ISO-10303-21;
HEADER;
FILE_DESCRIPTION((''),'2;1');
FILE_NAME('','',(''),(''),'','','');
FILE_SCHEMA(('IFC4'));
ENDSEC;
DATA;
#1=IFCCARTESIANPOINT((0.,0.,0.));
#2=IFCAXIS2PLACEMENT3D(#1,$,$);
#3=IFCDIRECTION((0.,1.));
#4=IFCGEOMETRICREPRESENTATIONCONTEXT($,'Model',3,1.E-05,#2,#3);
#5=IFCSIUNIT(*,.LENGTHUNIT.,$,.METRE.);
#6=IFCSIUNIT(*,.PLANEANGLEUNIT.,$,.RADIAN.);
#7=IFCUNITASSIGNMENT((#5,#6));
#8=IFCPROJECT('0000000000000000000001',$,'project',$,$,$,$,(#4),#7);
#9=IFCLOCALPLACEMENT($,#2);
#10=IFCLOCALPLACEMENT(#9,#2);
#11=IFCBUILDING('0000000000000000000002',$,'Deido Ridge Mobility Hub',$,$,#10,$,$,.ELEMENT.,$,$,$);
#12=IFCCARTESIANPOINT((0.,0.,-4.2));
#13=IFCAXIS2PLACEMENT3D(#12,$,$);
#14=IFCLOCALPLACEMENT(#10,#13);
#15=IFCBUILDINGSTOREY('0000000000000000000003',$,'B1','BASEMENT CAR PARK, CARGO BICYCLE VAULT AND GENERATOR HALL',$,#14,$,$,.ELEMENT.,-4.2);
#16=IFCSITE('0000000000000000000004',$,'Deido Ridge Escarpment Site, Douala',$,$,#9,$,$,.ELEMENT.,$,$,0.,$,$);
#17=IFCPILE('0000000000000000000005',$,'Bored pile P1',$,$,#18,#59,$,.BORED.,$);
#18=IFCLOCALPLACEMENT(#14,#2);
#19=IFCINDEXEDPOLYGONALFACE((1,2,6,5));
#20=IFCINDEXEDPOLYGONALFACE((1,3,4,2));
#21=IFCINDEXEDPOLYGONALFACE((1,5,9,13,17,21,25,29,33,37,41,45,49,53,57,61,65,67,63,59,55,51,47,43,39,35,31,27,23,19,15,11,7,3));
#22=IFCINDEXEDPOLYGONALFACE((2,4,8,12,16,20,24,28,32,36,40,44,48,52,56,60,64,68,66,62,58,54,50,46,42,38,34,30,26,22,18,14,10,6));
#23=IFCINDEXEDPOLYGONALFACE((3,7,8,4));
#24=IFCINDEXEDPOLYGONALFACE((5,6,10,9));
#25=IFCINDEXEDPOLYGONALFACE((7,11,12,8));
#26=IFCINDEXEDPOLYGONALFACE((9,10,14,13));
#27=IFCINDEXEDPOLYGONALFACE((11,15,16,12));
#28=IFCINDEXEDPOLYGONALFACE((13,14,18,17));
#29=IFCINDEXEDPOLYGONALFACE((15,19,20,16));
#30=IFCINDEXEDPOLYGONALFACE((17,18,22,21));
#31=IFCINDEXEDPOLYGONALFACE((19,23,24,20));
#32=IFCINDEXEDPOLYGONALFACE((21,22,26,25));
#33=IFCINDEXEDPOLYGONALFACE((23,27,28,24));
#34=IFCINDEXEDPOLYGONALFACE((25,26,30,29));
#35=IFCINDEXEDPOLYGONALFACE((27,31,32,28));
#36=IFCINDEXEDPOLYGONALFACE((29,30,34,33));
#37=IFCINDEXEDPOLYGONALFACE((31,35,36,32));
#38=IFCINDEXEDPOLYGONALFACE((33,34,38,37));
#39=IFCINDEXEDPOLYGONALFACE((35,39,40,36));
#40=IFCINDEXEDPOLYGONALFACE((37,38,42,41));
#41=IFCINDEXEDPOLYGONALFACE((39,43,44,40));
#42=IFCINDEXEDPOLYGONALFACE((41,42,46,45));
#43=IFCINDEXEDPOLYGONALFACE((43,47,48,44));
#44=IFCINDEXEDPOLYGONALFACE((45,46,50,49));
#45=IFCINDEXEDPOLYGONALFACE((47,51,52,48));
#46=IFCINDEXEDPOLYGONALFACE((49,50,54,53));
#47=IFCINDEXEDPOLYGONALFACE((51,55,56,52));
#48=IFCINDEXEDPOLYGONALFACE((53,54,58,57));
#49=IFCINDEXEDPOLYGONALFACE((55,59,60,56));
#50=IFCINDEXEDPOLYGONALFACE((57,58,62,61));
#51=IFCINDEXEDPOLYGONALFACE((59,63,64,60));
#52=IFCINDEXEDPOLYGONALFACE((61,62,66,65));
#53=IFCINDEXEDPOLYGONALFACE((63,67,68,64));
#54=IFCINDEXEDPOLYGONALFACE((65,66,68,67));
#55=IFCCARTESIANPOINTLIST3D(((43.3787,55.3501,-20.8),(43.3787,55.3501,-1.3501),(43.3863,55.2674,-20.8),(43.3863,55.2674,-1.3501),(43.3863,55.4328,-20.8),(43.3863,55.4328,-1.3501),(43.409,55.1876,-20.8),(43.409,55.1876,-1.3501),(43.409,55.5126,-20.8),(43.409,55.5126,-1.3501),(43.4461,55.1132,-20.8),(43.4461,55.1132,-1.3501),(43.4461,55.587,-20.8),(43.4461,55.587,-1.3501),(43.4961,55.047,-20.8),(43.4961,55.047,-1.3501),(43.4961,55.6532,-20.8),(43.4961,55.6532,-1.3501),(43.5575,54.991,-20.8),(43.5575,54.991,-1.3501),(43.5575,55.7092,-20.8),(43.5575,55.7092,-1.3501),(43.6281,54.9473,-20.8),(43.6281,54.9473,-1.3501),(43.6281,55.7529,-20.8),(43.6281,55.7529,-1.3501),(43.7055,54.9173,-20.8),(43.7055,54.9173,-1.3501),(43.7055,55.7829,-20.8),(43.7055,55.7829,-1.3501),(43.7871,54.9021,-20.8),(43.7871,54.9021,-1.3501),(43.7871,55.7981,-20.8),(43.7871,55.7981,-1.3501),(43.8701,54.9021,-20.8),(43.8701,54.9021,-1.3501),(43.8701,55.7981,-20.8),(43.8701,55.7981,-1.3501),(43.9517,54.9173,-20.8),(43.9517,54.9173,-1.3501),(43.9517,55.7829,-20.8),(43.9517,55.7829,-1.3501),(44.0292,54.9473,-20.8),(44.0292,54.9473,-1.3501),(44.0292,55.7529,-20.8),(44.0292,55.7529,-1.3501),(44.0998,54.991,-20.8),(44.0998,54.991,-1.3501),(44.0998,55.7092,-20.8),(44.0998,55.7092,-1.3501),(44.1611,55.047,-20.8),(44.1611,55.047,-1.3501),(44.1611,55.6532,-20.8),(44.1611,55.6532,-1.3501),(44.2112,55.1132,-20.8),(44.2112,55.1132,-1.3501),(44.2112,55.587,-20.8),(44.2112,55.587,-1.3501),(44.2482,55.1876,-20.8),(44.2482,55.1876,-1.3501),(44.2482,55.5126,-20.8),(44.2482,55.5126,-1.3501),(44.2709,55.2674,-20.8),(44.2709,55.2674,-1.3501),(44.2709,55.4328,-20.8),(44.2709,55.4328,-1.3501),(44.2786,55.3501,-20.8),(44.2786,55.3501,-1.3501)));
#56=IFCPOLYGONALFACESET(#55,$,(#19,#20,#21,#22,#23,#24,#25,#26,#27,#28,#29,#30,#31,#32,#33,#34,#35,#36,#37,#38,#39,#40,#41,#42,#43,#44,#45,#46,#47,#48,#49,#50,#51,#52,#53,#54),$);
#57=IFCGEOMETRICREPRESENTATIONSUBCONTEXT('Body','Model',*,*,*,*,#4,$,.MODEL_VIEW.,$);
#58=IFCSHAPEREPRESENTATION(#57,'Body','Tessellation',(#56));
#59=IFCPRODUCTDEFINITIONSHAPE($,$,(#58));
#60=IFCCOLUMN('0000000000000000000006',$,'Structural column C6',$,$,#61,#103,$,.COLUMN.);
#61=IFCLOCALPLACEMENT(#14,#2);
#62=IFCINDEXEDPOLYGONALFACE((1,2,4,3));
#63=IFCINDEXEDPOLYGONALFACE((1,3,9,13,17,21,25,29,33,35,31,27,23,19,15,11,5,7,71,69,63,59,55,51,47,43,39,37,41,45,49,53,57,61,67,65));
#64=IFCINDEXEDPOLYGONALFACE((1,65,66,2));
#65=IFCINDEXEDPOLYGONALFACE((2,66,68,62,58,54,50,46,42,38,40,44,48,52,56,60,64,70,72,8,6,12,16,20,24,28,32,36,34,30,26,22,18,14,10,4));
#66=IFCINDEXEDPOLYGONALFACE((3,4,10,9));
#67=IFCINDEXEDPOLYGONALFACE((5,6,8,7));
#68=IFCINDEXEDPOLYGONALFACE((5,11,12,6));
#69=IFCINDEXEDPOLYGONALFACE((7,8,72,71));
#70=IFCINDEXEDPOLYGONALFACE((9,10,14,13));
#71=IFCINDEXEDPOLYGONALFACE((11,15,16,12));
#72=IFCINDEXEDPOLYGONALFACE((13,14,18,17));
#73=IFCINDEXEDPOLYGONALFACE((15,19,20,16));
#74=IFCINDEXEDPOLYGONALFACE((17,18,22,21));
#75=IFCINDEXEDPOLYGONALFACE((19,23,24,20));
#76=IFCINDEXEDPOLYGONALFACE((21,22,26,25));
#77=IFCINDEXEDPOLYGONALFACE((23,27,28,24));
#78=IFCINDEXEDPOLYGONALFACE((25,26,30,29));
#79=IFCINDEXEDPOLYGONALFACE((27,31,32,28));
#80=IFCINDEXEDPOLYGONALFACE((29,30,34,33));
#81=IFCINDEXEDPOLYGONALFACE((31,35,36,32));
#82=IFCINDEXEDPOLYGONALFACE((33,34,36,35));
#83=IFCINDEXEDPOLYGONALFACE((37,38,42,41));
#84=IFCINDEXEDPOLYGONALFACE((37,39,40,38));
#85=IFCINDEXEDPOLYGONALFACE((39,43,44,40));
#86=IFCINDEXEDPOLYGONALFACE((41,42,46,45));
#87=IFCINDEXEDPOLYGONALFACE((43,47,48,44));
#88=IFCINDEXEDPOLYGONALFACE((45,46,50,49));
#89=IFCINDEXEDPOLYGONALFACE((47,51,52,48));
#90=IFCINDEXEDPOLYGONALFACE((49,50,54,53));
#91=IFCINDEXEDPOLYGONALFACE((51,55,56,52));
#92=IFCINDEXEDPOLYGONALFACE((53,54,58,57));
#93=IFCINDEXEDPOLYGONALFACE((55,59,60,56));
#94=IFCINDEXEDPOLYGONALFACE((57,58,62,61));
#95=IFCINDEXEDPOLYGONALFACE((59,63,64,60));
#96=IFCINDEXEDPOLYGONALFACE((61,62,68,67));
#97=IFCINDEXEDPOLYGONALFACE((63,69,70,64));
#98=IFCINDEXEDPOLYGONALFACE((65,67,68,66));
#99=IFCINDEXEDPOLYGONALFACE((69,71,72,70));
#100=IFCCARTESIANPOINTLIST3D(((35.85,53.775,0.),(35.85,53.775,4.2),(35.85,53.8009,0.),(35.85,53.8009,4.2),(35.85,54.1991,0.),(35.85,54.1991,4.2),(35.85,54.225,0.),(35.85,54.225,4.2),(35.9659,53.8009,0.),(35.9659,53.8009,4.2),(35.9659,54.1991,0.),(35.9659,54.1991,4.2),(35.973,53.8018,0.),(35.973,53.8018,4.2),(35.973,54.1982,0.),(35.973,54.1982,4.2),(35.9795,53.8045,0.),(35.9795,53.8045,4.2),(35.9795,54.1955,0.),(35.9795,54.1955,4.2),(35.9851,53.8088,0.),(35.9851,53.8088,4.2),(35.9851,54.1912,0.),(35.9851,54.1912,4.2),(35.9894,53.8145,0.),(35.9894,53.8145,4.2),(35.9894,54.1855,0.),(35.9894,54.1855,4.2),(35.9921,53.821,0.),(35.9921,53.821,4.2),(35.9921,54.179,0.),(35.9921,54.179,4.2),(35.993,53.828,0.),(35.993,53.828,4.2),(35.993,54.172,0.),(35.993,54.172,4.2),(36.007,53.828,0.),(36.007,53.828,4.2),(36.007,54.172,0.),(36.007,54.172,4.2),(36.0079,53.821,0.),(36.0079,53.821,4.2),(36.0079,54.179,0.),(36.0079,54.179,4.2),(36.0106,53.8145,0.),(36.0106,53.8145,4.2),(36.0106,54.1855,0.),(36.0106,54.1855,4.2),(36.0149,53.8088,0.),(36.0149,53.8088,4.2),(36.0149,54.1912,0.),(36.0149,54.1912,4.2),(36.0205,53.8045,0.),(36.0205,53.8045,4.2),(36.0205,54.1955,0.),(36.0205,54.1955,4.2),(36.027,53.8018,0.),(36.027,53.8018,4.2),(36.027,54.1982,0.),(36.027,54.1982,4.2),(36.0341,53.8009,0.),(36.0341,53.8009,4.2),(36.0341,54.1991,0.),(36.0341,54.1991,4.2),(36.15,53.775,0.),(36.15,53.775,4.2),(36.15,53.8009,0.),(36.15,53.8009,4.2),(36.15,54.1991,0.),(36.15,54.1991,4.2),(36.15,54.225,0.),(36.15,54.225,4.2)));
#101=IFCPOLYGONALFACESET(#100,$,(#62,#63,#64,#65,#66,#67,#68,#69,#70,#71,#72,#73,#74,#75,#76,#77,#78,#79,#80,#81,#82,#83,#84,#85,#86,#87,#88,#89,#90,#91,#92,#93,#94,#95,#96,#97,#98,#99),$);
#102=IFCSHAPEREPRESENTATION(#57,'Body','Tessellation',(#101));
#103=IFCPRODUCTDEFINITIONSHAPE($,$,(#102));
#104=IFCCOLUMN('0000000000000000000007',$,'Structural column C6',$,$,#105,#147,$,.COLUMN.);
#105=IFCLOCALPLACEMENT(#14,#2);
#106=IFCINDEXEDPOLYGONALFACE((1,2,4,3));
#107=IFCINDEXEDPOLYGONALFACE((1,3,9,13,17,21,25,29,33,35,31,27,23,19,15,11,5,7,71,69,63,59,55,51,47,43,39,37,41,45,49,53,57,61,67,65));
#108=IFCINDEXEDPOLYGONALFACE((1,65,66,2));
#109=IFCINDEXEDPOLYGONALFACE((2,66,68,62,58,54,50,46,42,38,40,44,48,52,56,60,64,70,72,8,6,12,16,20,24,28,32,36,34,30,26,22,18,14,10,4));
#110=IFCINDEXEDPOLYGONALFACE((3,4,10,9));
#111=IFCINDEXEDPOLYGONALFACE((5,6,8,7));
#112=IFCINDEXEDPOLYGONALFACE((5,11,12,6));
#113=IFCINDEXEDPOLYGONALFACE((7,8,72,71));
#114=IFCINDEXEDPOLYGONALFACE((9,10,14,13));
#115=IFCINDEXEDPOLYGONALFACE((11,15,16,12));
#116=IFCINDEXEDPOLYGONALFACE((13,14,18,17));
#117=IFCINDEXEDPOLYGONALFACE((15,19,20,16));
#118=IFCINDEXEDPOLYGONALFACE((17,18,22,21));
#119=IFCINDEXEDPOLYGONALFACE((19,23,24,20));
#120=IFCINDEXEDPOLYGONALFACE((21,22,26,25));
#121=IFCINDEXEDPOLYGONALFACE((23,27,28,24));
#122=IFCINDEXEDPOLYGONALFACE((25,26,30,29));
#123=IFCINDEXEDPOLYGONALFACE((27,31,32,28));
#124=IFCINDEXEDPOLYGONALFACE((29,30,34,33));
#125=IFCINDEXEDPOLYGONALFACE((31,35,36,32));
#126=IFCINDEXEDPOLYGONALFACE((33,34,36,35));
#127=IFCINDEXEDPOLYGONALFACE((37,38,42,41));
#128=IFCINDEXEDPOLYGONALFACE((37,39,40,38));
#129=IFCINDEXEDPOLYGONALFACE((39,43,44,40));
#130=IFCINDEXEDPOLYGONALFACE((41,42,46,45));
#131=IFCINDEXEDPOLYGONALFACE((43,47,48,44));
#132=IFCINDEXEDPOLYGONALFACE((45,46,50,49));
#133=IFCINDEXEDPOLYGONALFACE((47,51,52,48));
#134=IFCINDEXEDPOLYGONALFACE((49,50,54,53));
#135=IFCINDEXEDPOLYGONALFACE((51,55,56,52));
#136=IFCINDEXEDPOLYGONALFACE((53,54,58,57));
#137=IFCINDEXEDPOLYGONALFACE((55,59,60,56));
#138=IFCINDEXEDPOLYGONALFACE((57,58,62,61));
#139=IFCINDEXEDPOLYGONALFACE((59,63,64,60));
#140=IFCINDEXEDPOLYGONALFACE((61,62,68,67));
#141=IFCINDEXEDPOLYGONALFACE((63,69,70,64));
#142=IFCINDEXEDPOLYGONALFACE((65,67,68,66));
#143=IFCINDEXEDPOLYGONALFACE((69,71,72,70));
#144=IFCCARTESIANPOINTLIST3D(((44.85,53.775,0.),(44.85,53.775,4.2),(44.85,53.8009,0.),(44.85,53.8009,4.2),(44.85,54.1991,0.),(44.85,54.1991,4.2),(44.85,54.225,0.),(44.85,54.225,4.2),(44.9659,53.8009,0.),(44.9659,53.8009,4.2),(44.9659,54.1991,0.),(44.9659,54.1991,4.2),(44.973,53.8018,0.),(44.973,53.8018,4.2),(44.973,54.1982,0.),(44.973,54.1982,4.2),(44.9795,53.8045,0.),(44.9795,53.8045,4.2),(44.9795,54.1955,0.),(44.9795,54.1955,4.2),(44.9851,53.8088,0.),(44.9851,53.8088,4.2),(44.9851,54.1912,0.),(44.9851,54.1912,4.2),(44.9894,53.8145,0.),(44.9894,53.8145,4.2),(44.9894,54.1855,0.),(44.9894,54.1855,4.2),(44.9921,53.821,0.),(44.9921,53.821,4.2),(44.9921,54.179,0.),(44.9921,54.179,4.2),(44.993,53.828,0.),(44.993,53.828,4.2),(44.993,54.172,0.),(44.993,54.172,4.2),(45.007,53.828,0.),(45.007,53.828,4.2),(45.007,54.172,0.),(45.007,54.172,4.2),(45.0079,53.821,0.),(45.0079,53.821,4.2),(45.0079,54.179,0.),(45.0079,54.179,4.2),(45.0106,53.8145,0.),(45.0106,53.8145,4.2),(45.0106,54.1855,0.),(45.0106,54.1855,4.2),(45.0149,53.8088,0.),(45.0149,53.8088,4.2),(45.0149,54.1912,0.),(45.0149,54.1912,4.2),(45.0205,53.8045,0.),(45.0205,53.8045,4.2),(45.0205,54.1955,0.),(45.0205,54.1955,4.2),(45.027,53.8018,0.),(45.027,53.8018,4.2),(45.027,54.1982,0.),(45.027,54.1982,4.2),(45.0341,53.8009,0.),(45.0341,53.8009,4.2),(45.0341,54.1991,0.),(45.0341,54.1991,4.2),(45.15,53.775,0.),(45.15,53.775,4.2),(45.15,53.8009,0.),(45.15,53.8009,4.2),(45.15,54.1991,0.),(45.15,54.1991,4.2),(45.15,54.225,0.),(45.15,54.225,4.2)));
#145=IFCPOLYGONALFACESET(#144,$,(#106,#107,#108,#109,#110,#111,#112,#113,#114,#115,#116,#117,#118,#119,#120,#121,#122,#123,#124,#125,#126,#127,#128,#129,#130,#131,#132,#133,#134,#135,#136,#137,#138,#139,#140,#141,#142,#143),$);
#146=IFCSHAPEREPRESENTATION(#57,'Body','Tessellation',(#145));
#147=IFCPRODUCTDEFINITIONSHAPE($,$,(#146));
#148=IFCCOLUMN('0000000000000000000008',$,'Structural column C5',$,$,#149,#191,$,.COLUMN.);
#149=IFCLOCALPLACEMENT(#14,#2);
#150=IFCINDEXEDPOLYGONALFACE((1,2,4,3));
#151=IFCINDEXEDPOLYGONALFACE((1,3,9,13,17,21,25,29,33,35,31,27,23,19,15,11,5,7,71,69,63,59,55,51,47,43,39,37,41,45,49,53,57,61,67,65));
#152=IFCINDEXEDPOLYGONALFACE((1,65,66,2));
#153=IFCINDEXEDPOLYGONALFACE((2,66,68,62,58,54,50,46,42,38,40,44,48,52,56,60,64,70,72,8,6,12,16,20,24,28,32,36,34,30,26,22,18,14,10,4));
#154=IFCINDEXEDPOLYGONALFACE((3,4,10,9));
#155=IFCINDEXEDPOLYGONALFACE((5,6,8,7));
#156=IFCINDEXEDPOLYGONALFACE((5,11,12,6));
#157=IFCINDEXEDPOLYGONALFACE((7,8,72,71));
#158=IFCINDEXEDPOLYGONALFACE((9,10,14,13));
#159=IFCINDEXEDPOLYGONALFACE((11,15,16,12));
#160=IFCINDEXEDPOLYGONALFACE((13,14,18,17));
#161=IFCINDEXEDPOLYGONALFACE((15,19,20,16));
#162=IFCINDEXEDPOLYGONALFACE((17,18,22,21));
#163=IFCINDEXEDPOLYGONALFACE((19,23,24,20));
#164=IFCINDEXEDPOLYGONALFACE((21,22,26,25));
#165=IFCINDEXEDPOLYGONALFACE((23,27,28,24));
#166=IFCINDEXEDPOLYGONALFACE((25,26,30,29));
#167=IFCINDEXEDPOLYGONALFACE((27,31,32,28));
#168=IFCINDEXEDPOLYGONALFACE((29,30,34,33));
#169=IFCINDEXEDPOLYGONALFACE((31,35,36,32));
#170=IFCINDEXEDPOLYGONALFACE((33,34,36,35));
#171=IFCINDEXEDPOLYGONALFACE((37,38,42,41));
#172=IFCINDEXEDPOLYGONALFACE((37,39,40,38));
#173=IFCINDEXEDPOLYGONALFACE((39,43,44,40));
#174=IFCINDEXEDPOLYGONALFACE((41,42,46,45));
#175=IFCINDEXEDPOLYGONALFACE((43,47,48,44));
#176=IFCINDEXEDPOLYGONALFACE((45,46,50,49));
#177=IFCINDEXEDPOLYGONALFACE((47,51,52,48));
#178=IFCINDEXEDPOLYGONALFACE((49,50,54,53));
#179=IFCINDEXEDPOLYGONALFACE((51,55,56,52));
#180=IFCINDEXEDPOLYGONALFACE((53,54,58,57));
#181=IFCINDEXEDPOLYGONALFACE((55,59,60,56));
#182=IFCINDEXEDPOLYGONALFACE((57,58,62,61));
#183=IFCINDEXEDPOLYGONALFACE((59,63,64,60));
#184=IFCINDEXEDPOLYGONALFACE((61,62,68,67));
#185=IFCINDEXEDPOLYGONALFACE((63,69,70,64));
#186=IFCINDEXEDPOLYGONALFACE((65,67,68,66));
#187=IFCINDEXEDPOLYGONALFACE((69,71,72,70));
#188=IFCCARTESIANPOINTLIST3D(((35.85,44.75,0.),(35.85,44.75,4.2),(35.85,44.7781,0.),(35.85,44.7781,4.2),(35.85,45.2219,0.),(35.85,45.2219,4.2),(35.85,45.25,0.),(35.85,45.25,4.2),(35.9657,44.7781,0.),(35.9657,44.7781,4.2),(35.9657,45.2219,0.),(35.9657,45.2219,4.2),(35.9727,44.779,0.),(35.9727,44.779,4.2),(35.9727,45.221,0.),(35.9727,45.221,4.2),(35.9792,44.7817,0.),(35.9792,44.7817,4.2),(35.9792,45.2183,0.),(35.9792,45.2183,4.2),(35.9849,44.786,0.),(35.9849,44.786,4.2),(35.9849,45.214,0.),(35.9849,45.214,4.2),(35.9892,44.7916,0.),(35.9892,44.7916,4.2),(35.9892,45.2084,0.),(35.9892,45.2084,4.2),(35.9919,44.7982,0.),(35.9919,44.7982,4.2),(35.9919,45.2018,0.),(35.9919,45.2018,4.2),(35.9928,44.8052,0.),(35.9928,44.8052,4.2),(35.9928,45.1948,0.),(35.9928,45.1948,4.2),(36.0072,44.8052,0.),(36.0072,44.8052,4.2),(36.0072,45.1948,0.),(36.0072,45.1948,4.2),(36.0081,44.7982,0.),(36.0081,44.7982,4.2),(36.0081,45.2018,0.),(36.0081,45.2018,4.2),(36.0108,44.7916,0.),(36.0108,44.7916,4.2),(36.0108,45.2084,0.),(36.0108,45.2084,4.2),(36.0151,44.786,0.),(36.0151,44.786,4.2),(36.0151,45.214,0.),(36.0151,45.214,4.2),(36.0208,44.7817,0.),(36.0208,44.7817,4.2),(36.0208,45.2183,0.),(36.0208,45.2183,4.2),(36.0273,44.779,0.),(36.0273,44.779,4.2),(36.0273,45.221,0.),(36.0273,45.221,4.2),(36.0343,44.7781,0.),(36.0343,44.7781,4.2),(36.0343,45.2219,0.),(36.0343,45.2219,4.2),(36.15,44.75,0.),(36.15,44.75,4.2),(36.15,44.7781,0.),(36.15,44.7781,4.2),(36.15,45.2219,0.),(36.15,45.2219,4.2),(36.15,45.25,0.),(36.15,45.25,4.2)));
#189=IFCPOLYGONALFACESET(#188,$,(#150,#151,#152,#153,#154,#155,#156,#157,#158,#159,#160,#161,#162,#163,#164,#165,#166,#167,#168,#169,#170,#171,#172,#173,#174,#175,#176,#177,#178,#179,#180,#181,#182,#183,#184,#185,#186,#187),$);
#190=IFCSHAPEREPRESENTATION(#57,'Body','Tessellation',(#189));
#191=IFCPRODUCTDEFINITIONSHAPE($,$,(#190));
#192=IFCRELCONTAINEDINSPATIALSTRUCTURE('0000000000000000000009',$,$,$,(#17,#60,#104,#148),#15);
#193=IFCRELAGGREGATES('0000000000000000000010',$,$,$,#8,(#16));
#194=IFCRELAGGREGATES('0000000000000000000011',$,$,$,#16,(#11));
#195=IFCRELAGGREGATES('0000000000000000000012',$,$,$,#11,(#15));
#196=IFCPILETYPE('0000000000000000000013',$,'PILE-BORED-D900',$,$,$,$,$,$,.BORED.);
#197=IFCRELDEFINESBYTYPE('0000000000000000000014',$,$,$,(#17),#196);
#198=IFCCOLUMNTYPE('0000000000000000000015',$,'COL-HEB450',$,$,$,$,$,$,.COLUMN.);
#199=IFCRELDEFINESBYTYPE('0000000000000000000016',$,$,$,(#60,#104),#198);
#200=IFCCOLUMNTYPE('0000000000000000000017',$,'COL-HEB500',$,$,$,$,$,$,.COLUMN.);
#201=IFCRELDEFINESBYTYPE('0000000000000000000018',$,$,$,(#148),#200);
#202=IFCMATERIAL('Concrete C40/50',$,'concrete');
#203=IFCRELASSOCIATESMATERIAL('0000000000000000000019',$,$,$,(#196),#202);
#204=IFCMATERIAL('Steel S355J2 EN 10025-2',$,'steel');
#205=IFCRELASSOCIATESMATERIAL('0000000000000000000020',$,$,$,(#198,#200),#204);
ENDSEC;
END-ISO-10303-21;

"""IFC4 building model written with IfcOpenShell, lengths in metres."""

from ifc_helpers import new_model, si_unit, direction, frame, origin, origin_2d, place, context, subcontext, project, spatial, circle, i_section, extrude, material, material_profile, profile_set, type_object, element, save


model = new_model("IFC4")

# Units and contexts
model_context = context("Model", 3, precision=1e-05, world=origin(), true_north=direction((0.0, 1.0)))
body_context = subcontext(model_context, "Body", "Model", "MODEL_VIEW")
ifc_project = project(units=[si_unit("LENGTHUNIT", "METRE"), si_unit("PLANEANGLEUNIT", "RADIAN")], contexts=[model_context])

# Site, building, storey
site_placement = place(None, origin())
site = spatial("IfcSite", under=ifc_project, at=site_placement, Name="Deido Ridge Escarpment Site, Douala", CompositionType="ELEMENT", RefElevation=0.0)
building_placement = place(site_placement, origin())
building = spatial("IfcBuilding", under=site, at=building_placement, Name="Deido Ridge Mobility Hub", CompositionType="ELEMENT")
storey_placement = place(building_placement, frame((0.0, 0.0, -4.2)))
storey = spatial("IfcBuildingStorey", under=building, at=storey_placement, Name="B1", Description="BASEMENT CAR PARK, CARGO BICYCLE VAULT AND GENERATOR HALL", CompositionType="ELEMENT", Elevation=-4.2)

# Shared definitions
ifc_material_1 = material(Name="Concrete C40/50", Category="concrete")

# Pile
ifc_material_profile_1 = material_profile(ifc_material_1, circle(Radius=0.45, at=origin_2d()), Name="BORED PILE D900")
ifc_profile_set_1 = profile_set([ifc_material_profile_1], Name="Concrete C40/50")
pile_type = type_object("IfcPileType", Name="PILE-BORED-D900", PredefinedType="BORED", material=ifc_profile_set_1)
for number, where, z_axis, x_axis, name in (
    (1, (43.8286, 55.3501, -1.3501), (0.0, 0.0, -1.0), (1.0, 0.0, 0.0), "Bored pile P1"),
):
    element("IfcPile", number, at=place(storey_placement, frame(where, z_axis=z_axis, x_axis=x_axis)), inside=storey, type_object=pile_type, Name=name, PredefinedType="BORED", context=body_context, shape_type="SweptSolid", body=[
        extrude(circle(Radius=0.45, at=origin_2d()), origin(), (0.0, 0.0, 1.0), 19.45),
    ])

# Columns
ifc_material_2 = material(Name="Steel S355J2 EN 10025-2", Category="steel")
ifc_material_profile_2 = material_profile(ifc_material_2, i_section(OverallWidth=0.3, OverallDepth=0.45, WebThickness=0.0139, FlangeThickness=0.0259, FilletRadius=0.0271, at=origin_2d()), Name="HEB 450")
ifc_profile_set_2 = profile_set([ifc_material_profile_2], Name="Steel S355J2 EN 10025-2")
column_type_1 = type_object("IfcColumnType", Name="COL-HEB450", PredefinedType="COLUMN", material=ifc_profile_set_2)
for number, where, z_axis, x_axis, name in (
    (2, (36.0, 54.0, 0.0), (0.0, 0.0, 1.0), (1.0, 0.0, 0.0), "Structural column C6"),
    (3, (45.0, 54.0, 0.0), (0.0, 0.0, 1.0), (1.0, 0.0, 0.0), "Structural column C6"),
):
    element("IfcColumn", number, at=place(storey_placement, frame(where, z_axis=z_axis, x_axis=x_axis)), inside=storey, type_object=column_type_1, Name=name, PredefinedType="COLUMN", context=body_context, shape_type="SweptSolid", body=[
        extrude(i_section(OverallWidth=0.3, OverallDepth=0.45, WebThickness=0.0139, FlangeThickness=0.0259, FilletRadius=0.0271, at=origin_2d()), origin(), (0.0, 0.0, 1.0), 4.2),
    ])
ifc_material_profile_3 = material_profile(ifc_material_2, i_section(OverallWidth=0.3, OverallDepth=0.5, WebThickness=0.0144, FlangeThickness=0.0281, FilletRadius=0.0271, at=origin_2d()), Name="HEB 500")
ifc_profile_set_3 = profile_set([ifc_material_profile_3], Name="Steel S355J2 EN 10025-2")
column_type_2 = type_object("IfcColumnType", Name="COL-HEB500", PredefinedType="COLUMN", material=ifc_profile_set_3)
for number, where, z_axis, x_axis, name in (
    (4, (36.0, 45.0, 0.0), (0.0, 0.0, 1.0), (1.0, 0.0, 0.0), "Structural column C5"),
):
    element("IfcColumn", number, at=place(storey_placement, frame(where, z_axis=z_axis, x_axis=x_axis)), inside=storey, type_object=column_type_2, Name=name, PredefinedType="COLUMN", context=body_context, shape_type="SweptSolid", body=[
        extrude(i_section(OverallWidth=0.3, OverallDepth=0.5, WebThickness=0.0144, FlangeThickness=0.0281, FilletRadius=0.0271, at=origin_2d()), origin(), (0.0, 0.0, 1.0), 4.2),
    ])

save(model, "model.ifc")
